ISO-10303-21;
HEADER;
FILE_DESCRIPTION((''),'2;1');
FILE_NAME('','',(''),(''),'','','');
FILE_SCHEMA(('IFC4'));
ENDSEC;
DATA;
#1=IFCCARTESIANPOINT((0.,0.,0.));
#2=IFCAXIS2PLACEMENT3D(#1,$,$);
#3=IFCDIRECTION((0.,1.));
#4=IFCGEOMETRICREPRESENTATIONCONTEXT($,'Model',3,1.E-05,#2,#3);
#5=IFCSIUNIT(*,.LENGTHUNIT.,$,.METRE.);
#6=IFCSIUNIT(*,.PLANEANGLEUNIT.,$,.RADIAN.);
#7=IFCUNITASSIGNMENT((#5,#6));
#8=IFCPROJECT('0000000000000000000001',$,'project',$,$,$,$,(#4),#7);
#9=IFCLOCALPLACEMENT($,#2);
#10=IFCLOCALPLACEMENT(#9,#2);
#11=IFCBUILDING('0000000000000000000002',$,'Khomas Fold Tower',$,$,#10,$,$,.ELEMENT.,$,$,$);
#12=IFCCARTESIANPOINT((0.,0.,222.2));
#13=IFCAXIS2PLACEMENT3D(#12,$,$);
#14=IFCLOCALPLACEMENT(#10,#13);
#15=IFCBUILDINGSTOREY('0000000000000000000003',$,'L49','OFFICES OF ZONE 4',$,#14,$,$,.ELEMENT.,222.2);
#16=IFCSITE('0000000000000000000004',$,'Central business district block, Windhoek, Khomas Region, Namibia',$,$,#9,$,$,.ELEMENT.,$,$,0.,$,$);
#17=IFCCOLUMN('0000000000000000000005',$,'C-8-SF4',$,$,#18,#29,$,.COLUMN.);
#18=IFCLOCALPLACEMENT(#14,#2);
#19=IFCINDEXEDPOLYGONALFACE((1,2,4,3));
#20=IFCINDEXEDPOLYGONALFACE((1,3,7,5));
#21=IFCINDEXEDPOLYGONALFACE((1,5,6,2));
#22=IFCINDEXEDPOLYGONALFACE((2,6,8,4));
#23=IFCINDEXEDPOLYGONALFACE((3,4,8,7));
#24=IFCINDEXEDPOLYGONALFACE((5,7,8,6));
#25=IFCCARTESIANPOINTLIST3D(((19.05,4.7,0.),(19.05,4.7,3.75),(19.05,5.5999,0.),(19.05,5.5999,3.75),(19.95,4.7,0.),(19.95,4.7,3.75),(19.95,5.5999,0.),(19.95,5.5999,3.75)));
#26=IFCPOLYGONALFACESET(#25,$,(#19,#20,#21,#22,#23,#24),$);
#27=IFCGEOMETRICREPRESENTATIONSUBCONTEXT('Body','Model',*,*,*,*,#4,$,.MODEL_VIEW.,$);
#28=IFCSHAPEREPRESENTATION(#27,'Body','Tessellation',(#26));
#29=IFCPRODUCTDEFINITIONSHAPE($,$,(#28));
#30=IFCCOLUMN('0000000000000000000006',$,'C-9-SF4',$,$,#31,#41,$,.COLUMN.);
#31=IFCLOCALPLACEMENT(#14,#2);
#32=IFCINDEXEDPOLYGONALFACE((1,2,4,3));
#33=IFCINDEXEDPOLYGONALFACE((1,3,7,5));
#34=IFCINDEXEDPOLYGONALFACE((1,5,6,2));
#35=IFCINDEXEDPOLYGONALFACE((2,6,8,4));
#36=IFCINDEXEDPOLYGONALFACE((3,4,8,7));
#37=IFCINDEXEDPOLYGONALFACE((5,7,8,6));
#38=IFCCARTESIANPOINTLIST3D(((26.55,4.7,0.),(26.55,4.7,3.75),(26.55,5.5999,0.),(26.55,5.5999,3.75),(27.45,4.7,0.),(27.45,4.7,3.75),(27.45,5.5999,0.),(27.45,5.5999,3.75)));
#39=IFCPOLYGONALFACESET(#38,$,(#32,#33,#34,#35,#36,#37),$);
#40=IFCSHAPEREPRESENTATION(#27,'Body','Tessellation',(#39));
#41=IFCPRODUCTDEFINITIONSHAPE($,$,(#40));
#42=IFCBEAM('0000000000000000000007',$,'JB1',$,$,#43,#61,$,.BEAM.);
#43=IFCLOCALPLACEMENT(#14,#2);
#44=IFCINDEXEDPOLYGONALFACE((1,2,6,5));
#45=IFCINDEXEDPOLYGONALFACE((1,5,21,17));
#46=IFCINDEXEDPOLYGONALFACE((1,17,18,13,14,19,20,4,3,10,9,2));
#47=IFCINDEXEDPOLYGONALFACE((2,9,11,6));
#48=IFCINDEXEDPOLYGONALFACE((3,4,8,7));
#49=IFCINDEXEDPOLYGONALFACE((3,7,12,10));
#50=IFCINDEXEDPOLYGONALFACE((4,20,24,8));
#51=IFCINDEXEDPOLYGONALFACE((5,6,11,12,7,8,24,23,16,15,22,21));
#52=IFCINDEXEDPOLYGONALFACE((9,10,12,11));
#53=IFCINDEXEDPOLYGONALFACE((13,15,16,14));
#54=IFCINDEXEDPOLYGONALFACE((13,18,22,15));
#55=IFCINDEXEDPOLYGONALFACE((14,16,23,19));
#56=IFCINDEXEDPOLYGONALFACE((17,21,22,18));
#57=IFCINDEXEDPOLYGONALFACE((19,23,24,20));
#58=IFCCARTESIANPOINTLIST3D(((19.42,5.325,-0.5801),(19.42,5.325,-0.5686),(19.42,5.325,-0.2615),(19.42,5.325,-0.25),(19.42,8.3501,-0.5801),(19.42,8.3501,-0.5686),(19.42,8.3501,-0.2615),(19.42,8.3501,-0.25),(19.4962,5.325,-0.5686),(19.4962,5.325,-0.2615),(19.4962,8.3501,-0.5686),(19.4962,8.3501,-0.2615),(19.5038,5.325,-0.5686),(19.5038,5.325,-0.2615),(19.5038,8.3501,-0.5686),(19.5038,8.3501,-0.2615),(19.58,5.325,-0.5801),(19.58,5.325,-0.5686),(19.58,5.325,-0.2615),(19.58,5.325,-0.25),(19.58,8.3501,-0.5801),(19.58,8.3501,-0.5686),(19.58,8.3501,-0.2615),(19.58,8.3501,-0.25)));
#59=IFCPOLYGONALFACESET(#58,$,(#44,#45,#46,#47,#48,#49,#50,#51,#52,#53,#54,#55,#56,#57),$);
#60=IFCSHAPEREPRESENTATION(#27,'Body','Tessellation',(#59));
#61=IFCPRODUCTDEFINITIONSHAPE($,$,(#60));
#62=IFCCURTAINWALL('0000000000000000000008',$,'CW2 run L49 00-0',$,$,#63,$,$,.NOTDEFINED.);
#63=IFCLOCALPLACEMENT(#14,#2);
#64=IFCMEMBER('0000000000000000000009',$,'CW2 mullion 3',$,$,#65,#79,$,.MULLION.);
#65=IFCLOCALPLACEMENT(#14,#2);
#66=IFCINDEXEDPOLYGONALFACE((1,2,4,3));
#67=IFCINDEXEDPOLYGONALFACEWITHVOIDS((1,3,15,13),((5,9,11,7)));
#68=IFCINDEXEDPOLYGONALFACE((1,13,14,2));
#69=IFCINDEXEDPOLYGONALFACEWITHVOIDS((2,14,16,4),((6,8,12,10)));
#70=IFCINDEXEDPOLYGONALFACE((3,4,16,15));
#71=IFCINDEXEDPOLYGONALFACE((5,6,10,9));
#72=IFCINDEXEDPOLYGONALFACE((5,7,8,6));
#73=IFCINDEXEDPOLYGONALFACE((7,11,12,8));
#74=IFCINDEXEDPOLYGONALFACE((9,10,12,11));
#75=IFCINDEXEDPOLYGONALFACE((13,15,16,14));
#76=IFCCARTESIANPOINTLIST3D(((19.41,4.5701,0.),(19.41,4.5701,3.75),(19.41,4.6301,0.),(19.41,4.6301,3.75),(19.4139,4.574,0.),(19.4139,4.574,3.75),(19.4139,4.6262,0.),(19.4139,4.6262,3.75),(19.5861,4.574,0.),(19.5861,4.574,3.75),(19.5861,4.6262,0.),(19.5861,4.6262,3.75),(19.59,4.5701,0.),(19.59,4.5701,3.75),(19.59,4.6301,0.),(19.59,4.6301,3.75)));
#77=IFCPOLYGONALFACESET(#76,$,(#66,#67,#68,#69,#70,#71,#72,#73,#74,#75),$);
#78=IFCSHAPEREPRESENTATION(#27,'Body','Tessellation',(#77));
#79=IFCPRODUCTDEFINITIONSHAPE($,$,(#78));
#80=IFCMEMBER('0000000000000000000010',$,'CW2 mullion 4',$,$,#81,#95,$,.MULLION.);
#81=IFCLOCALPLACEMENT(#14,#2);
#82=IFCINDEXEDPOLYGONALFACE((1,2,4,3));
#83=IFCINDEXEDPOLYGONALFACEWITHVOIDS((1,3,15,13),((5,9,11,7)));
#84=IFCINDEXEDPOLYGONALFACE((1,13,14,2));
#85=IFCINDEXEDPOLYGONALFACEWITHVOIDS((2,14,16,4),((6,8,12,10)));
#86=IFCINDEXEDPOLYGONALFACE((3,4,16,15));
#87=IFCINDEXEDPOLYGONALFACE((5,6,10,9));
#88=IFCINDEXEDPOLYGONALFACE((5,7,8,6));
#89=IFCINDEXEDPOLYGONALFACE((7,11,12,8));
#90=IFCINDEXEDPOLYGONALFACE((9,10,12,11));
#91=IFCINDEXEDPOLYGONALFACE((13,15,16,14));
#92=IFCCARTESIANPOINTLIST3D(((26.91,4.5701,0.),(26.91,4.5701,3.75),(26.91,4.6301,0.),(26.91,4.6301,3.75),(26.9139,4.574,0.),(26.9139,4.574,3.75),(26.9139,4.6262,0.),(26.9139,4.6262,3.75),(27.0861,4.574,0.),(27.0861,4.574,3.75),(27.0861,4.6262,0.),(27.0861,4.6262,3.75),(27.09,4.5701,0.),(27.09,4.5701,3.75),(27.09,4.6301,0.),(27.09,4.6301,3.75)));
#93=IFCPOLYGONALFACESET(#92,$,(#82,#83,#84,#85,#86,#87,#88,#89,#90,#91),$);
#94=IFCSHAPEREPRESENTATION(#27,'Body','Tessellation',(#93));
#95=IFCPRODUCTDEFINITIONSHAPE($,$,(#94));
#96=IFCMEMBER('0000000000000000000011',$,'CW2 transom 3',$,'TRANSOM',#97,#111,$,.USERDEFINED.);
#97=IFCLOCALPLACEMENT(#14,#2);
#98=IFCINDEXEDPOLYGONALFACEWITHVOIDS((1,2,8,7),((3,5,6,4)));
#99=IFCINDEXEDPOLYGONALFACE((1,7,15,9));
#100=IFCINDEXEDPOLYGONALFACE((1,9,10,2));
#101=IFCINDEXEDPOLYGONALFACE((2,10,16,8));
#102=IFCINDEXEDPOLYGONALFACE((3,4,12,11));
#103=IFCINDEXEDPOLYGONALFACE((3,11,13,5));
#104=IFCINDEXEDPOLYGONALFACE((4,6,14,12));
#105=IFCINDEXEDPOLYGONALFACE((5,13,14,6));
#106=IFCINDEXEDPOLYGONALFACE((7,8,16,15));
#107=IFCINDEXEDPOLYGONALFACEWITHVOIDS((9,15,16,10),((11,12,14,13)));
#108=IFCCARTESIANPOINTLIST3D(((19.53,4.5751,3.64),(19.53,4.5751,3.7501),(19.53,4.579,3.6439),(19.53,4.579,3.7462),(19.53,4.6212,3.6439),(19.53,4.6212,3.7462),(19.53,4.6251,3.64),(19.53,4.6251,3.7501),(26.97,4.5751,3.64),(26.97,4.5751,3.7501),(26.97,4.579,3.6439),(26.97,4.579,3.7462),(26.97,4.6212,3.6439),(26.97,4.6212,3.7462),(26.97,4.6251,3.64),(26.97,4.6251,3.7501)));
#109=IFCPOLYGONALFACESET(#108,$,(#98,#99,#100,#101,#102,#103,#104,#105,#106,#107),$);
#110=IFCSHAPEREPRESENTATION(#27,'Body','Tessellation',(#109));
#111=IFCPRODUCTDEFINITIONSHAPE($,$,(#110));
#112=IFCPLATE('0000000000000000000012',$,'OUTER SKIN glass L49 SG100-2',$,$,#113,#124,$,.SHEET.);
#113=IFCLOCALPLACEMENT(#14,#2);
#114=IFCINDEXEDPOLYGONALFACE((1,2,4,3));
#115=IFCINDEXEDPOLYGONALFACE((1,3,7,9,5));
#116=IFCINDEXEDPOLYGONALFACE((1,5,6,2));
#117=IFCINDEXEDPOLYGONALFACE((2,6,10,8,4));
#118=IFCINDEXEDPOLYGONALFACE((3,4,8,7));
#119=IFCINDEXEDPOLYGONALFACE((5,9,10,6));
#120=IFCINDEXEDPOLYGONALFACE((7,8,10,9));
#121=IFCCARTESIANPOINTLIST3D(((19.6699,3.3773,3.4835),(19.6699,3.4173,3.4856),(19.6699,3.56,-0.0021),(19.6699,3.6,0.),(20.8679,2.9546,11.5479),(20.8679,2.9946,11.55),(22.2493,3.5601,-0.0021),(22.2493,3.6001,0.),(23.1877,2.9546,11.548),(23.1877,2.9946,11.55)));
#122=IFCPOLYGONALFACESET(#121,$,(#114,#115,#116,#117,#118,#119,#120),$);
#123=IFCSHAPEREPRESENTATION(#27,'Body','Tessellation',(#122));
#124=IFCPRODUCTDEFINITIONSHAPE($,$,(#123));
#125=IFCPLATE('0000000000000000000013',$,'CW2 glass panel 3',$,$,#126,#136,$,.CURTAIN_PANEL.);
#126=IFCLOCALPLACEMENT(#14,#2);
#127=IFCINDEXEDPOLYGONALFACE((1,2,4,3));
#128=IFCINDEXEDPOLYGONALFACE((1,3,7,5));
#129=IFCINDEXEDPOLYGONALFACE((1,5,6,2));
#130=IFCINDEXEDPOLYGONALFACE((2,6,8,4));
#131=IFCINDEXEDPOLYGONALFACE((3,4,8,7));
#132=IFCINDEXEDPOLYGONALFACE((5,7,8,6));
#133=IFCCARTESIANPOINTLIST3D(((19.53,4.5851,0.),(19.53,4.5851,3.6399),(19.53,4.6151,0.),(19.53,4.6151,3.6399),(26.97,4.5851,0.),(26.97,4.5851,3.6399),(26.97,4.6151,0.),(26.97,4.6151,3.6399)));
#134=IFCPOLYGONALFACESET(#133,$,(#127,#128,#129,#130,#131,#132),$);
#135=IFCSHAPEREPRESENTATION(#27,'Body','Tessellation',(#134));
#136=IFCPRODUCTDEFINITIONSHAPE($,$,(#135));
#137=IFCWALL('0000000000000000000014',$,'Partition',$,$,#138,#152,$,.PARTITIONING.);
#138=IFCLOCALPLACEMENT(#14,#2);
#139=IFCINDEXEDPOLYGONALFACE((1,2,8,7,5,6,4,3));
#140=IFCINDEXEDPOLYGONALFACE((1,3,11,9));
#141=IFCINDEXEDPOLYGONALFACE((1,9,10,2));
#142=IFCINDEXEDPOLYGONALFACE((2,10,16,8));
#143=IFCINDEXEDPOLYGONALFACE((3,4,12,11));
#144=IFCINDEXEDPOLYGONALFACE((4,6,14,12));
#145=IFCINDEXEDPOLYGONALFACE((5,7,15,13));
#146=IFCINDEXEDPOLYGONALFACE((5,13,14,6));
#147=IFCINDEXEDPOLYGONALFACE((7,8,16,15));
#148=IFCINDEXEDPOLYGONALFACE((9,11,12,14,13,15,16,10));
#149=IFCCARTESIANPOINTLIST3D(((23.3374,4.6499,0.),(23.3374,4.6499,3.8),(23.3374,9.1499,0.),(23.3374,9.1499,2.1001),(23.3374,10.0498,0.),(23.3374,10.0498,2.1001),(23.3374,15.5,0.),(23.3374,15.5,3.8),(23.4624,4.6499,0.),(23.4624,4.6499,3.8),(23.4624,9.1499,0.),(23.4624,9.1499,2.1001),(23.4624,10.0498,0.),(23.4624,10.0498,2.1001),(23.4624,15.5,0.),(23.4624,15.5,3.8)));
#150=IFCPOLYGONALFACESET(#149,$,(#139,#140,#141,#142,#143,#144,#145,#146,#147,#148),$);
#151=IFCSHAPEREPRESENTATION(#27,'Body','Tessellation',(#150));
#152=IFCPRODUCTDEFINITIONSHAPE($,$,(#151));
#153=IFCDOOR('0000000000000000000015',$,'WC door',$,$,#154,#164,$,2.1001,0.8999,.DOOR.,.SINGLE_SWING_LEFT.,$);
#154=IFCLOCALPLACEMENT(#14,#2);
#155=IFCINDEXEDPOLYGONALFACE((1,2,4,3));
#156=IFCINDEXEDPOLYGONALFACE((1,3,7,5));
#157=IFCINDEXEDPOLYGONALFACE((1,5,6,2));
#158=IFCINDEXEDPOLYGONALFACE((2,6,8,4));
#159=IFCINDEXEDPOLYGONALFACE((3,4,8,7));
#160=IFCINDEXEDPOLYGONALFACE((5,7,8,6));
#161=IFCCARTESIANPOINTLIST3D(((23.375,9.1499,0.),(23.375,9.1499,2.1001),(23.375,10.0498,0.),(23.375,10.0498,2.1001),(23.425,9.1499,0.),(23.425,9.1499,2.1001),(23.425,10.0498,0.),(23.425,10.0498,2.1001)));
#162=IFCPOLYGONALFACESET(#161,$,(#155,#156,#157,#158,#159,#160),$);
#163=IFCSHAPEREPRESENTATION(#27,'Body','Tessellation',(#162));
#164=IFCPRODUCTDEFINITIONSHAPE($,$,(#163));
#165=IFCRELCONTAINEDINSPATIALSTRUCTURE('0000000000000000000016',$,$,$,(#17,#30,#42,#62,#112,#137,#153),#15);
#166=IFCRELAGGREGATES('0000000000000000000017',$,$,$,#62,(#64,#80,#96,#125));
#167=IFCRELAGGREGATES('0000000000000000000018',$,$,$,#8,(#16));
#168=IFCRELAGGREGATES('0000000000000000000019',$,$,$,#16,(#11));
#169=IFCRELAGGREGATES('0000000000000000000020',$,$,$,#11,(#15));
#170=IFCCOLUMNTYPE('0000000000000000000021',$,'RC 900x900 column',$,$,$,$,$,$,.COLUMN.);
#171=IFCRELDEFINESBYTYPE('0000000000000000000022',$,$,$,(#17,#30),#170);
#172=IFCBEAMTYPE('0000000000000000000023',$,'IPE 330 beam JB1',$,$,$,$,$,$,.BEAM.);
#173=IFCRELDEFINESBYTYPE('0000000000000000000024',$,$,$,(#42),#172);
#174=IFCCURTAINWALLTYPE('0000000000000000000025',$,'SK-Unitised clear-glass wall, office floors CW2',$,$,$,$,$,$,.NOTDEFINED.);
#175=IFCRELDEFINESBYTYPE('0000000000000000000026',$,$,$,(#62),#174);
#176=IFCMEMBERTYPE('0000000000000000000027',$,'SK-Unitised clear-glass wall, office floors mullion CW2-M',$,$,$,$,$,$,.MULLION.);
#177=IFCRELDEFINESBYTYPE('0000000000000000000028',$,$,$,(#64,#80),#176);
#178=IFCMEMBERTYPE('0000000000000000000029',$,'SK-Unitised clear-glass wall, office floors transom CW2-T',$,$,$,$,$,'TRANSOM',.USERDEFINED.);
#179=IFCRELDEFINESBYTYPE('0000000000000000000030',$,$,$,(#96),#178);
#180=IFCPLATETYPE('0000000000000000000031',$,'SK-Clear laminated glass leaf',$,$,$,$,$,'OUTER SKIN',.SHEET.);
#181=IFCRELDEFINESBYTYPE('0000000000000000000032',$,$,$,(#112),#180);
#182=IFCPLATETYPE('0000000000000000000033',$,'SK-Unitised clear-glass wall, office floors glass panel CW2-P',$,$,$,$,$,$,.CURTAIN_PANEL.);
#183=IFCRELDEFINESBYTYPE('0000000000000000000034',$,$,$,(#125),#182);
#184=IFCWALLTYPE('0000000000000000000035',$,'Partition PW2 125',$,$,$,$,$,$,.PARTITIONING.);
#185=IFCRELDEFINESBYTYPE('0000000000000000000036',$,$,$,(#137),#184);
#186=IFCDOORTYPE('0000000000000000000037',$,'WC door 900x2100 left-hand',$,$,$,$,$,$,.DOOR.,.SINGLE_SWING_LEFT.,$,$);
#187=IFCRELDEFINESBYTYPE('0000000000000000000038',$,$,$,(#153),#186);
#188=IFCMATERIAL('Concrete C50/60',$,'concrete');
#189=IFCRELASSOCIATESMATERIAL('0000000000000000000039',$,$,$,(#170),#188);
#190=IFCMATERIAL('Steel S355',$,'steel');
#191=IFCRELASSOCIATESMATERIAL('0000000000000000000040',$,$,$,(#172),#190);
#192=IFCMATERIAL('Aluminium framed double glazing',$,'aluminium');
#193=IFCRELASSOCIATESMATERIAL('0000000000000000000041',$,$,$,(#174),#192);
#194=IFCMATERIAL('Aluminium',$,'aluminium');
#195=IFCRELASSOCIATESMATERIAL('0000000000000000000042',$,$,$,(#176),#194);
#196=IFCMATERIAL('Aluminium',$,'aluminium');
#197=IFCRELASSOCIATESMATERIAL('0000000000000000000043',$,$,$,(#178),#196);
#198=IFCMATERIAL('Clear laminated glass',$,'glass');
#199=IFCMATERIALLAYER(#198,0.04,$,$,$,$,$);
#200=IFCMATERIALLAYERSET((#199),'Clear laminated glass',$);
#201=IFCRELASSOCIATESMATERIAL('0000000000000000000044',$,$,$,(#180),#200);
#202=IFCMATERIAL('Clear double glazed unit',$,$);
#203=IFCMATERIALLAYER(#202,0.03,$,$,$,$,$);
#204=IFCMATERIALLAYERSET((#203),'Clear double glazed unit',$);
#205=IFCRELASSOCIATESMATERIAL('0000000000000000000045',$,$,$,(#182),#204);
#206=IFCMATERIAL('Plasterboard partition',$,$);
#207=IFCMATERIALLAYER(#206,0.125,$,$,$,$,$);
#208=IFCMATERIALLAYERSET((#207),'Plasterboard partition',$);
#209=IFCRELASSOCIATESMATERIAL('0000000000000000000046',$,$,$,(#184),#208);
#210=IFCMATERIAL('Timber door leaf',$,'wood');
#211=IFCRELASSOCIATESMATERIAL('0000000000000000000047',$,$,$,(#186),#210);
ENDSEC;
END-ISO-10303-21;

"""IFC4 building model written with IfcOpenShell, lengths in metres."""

from ifc_helpers import new_model, si_unit, direction, frame, frame_2d, origin, origin_2d, place, context, subcontext, project, spatial, polyline, rectangle, hollow_rectangle, i_section, outline, extrude, source, transform, mapped, material, layer, layer_set, material_profile, profile_set, type_object, element, fill, aggregate, save


model = new_model("IFC4")

# Units and contexts
model_context = context("Model", 3, precision=1e-05, world=origin(), true_north=direction((0.0, 1.0)))
body_context = subcontext(model_context, "Body", "Model", "MODEL_VIEW")
ifc_project = project(units=[si_unit("LENGTHUNIT", "METRE"), si_unit("PLANEANGLEUNIT", "RADIAN")], contexts=[model_context])

# Site, building, storey
site_placement = place(None, origin())
site = spatial("IfcSite", under=ifc_project, at=site_placement, Name="Central business district block, Windhoek, Khomas Region, Namibia", CompositionType="ELEMENT", RefElevation=0.0)
building_placement = place(site_placement, origin())
building = spatial("IfcBuilding", under=site, at=building_placement, Name="Khomas Fold Tower", CompositionType="ELEMENT")
storey_placement = place(building_placement, frame((0.0, 0.0, 222.2)))
storey = spatial("IfcBuildingStorey", under=building, at=storey_placement, Name="L49", Description="OFFICES OF ZONE 4", CompositionType="ELEMENT", Elevation=222.2)

# Columns
ifc_material_1 = material(Name="Concrete C50/60", Category="concrete")
ifc_material_profile_1 = material_profile(ifc_material_1, rectangle(XDim=0.8999, YDim=0.8999, at=origin_2d()), Name="RC 900x900")
ifc_profile_set_1 = profile_set([ifc_material_profile_1], Name="Concrete C50/60")
column_type = type_object("IfcColumnType", Name="RC 900x900 column", PredefinedType="COLUMN", material=ifc_profile_set_1)
shared_shape_1 = source(origin(), body_context, "Body", "SweptSolid", [
    extrude(rectangle(XDim=0.8999, YDim=0.8999, at=origin_2d()), origin(), (0.0, 0.0, 1.0), 3.75),
])
for number, where, z_axis, x_axis, name in (
    (1, (19.5, 5.1499, 0.0), (0.0, 0.0, 1.0), (1.0, 0.0, 0.0), "C-8-SF4"),
    (2, (27.0, 5.1499, 0.0), (0.0, 0.0, 1.0), (1.0, 0.0, 0.0), "C-9-SF4"),
):
    element("IfcColumn", number, at=place(storey_placement, frame(where, z_axis=z_axis, x_axis=x_axis)), inside=storey, type_object=column_type, Name=name, PredefinedType="COLUMN", context=body_context, shape_type="MappedRepresentation", body=[
        mapped(shared_shape_1, transform((0.0, 0.0, 0.0))),
    ])

# Beam
ifc_material_2 = material(Name="Steel S355", Category="steel")
ifc_material_profile_2 = material_profile(ifc_material_2, i_section(OverallWidth=0.1599, OverallDepth=0.3301, WebThickness=0.0076, FlangeThickness=0.0115, at=origin_2d()), Name="IPE 330")
ifc_profile_set_2 = profile_set([ifc_material_profile_2], Name="Steel S355")
beam_type = type_object("IfcBeamType", Name="IPE 330 beam JB1", PredefinedType="BEAM", material=ifc_profile_set_2)
shared_shape_2 = source(origin(), body_context, "Body", "SweptSolid", [
    extrude(i_section(OverallWidth=0.1599, OverallDepth=0.3301, WebThickness=0.0076, FlangeThickness=0.0115, at=origin_2d()), origin(), (0.0, 0.0, 1.0), 3.0251),
])
beam_placement = place(storey_placement, frame((19.5, 5.325, -0.415), z_axis=(0.0, 1.0, 0.0), x_axis=(-1.0, 0.0, 0.0)))
element("IfcBeam", 3, at=beam_placement, inside=storey, type_object=beam_type, Name="JB1", PredefinedType="BEAM", context=body_context, shape_type="MappedRepresentation", body=[
    mapped(shared_shape_2, transform((0.0, 0.0, 0.0))),
])

# Curtain wall, members
ifc_material_3 = material(Name="Aluminium framed double glazing", Category="aluminium")
curtain_wall_type = type_object("IfcCurtainWallType", Name="SK-Unitised clear-glass wall, office floors CW2", PredefinedType="NOTDEFINED", material=ifc_material_3)
curtain_wall_placement = place(storey_placement, origin())
curtain_wall = element("IfcCurtainWall", 4, at=curtain_wall_placement, inside=storey, type_object=curtain_wall_type, Name="CW2 run L49 00-0", PredefinedType="NOTDEFINED")
ifc_material_4 = material(Name="Aluminium", Category="aluminium")
ifc_material_profile_3 = material_profile(ifc_material_4, hollow_rectangle(XDim=0.0601, YDim=0.1799, WallThickness=0.0039, at=origin_2d()), Name="SK-Unitised clear-glass wall, office floors mullion CW2-M")
ifc_profile_set_3 = profile_set([ifc_material_profile_3], Name="Aluminium")
member_type_1 = type_object("IfcMemberType", Name="SK-Unitised clear-glass wall, office floors mullion CW2-M", PredefinedType="MULLION", material=ifc_profile_set_3)
shared_shape_3 = source(origin(), body_context, "Body", "SweptSolid", [
    extrude(hollow_rectangle(XDim=0.0601, YDim=0.1799, WallThickness=0.0039, at=origin_2d()), origin(), (0.0, 0.0, 1.0), 3.75),
])
member_1_placement = place(storey_placement, frame((19.5, 4.6001, 0.0), z_axis=(0.0, 0.0, 1.0), x_axis=(0.0, 1.0, 0.0)))
member_1 = element("IfcMember", 5, at=member_1_placement, type_object=member_type_1, Name="CW2 mullion 3", PredefinedType="MULLION", context=body_context, shape_type="MappedRepresentation", body=[
    mapped(shared_shape_3, transform((0.0, 0.0, 0.0))),
])
member_2_placement = place(storey_placement, frame((27.0, 4.6001, 0.0), z_axis=(0.0, 0.0, 1.0), x_axis=(0.0, 1.0, 0.0)))
member_2 = element("IfcMember", 6, at=member_2_placement, type_object=member_type_1, Name="CW2 mullion 4", PredefinedType="MULLION", context=body_context, shape_type="MappedRepresentation", body=[
    mapped(shared_shape_3, transform((0.0, 0.0, 0.0))),
])
ifc_material_5 = material(Name="Aluminium", Category="aluminium")
ifc_material_profile_4 = material_profile(ifc_material_5, hollow_rectangle(XDim=0.05, YDim=0.1101, WallThickness=0.0039, at=origin_2d()), Name="SK-Unitised clear-glass wall, office floors transom CW2-T")
ifc_profile_set_4 = profile_set([ifc_material_profile_4], Name="Aluminium")
member_type_2 = type_object("IfcMemberType", Name="SK-Unitised clear-glass wall, office floors transom CW2-T", ElementType="TRANSOM", PredefinedType="USERDEFINED", material=ifc_profile_set_4)
shared_shape_4 = source(origin(), body_context, "Body", "SweptSolid", [
    extrude(hollow_rectangle(XDim=0.05, YDim=0.1101, WallThickness=0.0039, at=origin_2d()), origin(), (0.0, 0.0, 1.0), 7.4399),
])
member_3_placement = place(storey_placement, frame((19.53, 4.6001, 3.6951), z_axis=(1.0, 0.0, 0.0), x_axis=(0.0, 1.0, 0.0)))
member_3 = element("IfcMember", 7, at=member_3_placement, type_object=member_type_2, Name="CW2 transom 3", ObjectType="TRANSOM", PredefinedType="USERDEFINED", context=body_context, shape_type="MappedRepresentation", body=[
    mapped(shared_shape_4, transform((0.0, 0.0, 0.0))),
])

# Plates
ifc_material_6 = material(Name="Clear laminated glass", Category="glass")
ifc_layer_1 = layer(ifc_material_6, 0.04)
ifc_layer_set_1 = layer_set([ifc_layer_1], Name="Clear laminated glass")
plate_type_1 = type_object("IfcPlateType", Name="SK-Clear laminated glass leaf", ElementType="OUTER SKIN", PredefinedType="SHEET", material=ifc_layer_set_1)
plate_1_placement = place(storey_placement, frame((22.2493, 3.6001, 0.0), z_axis=(-0.000027, 0.998629, 0.052352), x_axis=(-1.0, -0.000027, -0.000001)))
element("IfcPlate", 8, at=plate_1_placement, inside=storey, type_object=plate_type_1, Name="OUTER SKIN glass L49 SG100-2", PredefinedType="SHEET", context=body_context, shape_type="SweptSolid", body=[
    extrude(outline(polyline([(0.0, 0.0), (2.5793, 0.0), (2.5793, 3.4904), (1.3813, 11.5659), (-0.9385, 11.5659), (0.0, 0.0)])), origin(), (0.0, 0.0, -1.0), 0.04),
])
ifc_material_7 = material(Name="Clear double glazed unit")
ifc_layer_2 = layer(ifc_material_7, 0.03)
ifc_layer_set_2 = layer_set([ifc_layer_2], Name="Clear double glazed unit")
plate_type_2 = type_object("IfcPlateType", Name="SK-Unitised clear-glass wall, office floors glass panel CW2-P", PredefinedType="CURTAIN_PANEL", material=ifc_layer_set_2)
shared_shape_5 = source(origin(), body_context, "Body", "SweptSolid", [
    extrude(rectangle(XDim=7.4399, YDim=0.03, at=origin_2d()), origin(), (0.0, 0.0, 1.0), 3.6399),
])
plate_2_placement = place(storey_placement, frame((23.25, 4.6001, 0.0), z_axis=(0.0, 0.0, 1.0), x_axis=(1.0, 0.0, 0.0)))
plate_2 = element("IfcPlate", 9, at=plate_2_placement, type_object=plate_type_2, Name="CW2 glass panel 3", PredefinedType="CURTAIN_PANEL", context=body_context, shape_type="MappedRepresentation", body=[
    mapped(shared_shape_5, transform((0.0, 0.0, 0.0))),
])
aggregate(curtain_wall, [member_1, member_2, member_3, plate_2])

# Wall, opening, door
ifc_material_8 = material(Name="Plasterboard partition")
ifc_layer_3 = layer(ifc_material_8, 0.125)
ifc_layer_set_3 = layer_set([ifc_layer_3], Name="Plasterboard partition")
wall_type_1 = type_object("IfcWallType", Name="Partition PW2 125", PredefinedType="PARTITIONING", material=ifc_layer_set_3)
shared_shape_6 = source(origin(), body_context, "Body", "SweptSolid", [
    extrude(rectangle(XDim=10.8501, YDim=0.125, at=frame_2d((5.425, 0.0))), origin(), (0.0, 0.0, 1.0), 3.8),
])
wall_1_placement = place(storey_placement, frame((23.3999, 4.6499, 0.0), z_axis=(0.0, 0.0, 1.0), x_axis=(0.0, 1.0, 0.0)))
wall_1 = element("IfcWall", 10, at=wall_1_placement, inside=storey, type_object=wall_type_1, Name="Partition", PredefinedType="PARTITIONING", context=body_context, shape_type="MappedRepresentation", body=[
    mapped(shared_shape_6, transform((0.0, 0.0, 0.0))),
])
shared_shape_7 = source(origin(), body_context, "Body", "SweptSolid", [
    extrude(rectangle(XDim=0.8999, YDim=2.1001, at=frame_2d((0.45, 1.05))), frame((0.0, 0.0725, 0.0), z_axis=(0.0, -1.0, 0.0), x_axis=(1.0, 0.0, 0.0)), (0.0, 0.0, 1.0), 0.145),
])
opening_placement = place(wall_1_placement, frame((4.5, 0.0, 0.0)))
opening = element("IfcOpeningElement", 11, at=opening_placement, cuts=wall_1, PredefinedType="OPENING", context=body_context, shape_type="MappedRepresentation", body=[
    mapped(shared_shape_7, transform((0.0, 0.0, 0.0))),
])
ifc_material_9 = material(Name="Timber door leaf", Category="wood")
door_type = type_object("IfcDoorType", Name="WC door 900x2100 left-hand", OperationType="SINGLE_SWING_LEFT", PredefinedType="DOOR", material=ifc_material_9)
shared_shape_8 = source(origin(), body_context, "Body", "SweptSolid", [
    extrude(rectangle(XDim=0.8999, YDim=2.1001, at=frame_2d((0.45, 1.05))), frame((0.0, 0.0249, 0.0), z_axis=(0.0, -1.0, 0.0), x_axis=(1.0, 0.0, 0.0)), (0.0, 0.0, 1.0), 0.05),
])
door_placement = place(opening_placement, origin())
door = element("IfcDoor", 12, at=door_placement, inside=storey, type_object=door_type, Name="WC door", OperationType="SINGLE_SWING_LEFT", OverallHeight=2.1001, OverallWidth=0.8999, PredefinedType="DOOR", context=body_context, shape_type="MappedRepresentation", body=[
    mapped(shared_shape_8, transform((0.0, 0.0, 0.0))),
])
fill(opening, door)

save(model, "model.ifc")
